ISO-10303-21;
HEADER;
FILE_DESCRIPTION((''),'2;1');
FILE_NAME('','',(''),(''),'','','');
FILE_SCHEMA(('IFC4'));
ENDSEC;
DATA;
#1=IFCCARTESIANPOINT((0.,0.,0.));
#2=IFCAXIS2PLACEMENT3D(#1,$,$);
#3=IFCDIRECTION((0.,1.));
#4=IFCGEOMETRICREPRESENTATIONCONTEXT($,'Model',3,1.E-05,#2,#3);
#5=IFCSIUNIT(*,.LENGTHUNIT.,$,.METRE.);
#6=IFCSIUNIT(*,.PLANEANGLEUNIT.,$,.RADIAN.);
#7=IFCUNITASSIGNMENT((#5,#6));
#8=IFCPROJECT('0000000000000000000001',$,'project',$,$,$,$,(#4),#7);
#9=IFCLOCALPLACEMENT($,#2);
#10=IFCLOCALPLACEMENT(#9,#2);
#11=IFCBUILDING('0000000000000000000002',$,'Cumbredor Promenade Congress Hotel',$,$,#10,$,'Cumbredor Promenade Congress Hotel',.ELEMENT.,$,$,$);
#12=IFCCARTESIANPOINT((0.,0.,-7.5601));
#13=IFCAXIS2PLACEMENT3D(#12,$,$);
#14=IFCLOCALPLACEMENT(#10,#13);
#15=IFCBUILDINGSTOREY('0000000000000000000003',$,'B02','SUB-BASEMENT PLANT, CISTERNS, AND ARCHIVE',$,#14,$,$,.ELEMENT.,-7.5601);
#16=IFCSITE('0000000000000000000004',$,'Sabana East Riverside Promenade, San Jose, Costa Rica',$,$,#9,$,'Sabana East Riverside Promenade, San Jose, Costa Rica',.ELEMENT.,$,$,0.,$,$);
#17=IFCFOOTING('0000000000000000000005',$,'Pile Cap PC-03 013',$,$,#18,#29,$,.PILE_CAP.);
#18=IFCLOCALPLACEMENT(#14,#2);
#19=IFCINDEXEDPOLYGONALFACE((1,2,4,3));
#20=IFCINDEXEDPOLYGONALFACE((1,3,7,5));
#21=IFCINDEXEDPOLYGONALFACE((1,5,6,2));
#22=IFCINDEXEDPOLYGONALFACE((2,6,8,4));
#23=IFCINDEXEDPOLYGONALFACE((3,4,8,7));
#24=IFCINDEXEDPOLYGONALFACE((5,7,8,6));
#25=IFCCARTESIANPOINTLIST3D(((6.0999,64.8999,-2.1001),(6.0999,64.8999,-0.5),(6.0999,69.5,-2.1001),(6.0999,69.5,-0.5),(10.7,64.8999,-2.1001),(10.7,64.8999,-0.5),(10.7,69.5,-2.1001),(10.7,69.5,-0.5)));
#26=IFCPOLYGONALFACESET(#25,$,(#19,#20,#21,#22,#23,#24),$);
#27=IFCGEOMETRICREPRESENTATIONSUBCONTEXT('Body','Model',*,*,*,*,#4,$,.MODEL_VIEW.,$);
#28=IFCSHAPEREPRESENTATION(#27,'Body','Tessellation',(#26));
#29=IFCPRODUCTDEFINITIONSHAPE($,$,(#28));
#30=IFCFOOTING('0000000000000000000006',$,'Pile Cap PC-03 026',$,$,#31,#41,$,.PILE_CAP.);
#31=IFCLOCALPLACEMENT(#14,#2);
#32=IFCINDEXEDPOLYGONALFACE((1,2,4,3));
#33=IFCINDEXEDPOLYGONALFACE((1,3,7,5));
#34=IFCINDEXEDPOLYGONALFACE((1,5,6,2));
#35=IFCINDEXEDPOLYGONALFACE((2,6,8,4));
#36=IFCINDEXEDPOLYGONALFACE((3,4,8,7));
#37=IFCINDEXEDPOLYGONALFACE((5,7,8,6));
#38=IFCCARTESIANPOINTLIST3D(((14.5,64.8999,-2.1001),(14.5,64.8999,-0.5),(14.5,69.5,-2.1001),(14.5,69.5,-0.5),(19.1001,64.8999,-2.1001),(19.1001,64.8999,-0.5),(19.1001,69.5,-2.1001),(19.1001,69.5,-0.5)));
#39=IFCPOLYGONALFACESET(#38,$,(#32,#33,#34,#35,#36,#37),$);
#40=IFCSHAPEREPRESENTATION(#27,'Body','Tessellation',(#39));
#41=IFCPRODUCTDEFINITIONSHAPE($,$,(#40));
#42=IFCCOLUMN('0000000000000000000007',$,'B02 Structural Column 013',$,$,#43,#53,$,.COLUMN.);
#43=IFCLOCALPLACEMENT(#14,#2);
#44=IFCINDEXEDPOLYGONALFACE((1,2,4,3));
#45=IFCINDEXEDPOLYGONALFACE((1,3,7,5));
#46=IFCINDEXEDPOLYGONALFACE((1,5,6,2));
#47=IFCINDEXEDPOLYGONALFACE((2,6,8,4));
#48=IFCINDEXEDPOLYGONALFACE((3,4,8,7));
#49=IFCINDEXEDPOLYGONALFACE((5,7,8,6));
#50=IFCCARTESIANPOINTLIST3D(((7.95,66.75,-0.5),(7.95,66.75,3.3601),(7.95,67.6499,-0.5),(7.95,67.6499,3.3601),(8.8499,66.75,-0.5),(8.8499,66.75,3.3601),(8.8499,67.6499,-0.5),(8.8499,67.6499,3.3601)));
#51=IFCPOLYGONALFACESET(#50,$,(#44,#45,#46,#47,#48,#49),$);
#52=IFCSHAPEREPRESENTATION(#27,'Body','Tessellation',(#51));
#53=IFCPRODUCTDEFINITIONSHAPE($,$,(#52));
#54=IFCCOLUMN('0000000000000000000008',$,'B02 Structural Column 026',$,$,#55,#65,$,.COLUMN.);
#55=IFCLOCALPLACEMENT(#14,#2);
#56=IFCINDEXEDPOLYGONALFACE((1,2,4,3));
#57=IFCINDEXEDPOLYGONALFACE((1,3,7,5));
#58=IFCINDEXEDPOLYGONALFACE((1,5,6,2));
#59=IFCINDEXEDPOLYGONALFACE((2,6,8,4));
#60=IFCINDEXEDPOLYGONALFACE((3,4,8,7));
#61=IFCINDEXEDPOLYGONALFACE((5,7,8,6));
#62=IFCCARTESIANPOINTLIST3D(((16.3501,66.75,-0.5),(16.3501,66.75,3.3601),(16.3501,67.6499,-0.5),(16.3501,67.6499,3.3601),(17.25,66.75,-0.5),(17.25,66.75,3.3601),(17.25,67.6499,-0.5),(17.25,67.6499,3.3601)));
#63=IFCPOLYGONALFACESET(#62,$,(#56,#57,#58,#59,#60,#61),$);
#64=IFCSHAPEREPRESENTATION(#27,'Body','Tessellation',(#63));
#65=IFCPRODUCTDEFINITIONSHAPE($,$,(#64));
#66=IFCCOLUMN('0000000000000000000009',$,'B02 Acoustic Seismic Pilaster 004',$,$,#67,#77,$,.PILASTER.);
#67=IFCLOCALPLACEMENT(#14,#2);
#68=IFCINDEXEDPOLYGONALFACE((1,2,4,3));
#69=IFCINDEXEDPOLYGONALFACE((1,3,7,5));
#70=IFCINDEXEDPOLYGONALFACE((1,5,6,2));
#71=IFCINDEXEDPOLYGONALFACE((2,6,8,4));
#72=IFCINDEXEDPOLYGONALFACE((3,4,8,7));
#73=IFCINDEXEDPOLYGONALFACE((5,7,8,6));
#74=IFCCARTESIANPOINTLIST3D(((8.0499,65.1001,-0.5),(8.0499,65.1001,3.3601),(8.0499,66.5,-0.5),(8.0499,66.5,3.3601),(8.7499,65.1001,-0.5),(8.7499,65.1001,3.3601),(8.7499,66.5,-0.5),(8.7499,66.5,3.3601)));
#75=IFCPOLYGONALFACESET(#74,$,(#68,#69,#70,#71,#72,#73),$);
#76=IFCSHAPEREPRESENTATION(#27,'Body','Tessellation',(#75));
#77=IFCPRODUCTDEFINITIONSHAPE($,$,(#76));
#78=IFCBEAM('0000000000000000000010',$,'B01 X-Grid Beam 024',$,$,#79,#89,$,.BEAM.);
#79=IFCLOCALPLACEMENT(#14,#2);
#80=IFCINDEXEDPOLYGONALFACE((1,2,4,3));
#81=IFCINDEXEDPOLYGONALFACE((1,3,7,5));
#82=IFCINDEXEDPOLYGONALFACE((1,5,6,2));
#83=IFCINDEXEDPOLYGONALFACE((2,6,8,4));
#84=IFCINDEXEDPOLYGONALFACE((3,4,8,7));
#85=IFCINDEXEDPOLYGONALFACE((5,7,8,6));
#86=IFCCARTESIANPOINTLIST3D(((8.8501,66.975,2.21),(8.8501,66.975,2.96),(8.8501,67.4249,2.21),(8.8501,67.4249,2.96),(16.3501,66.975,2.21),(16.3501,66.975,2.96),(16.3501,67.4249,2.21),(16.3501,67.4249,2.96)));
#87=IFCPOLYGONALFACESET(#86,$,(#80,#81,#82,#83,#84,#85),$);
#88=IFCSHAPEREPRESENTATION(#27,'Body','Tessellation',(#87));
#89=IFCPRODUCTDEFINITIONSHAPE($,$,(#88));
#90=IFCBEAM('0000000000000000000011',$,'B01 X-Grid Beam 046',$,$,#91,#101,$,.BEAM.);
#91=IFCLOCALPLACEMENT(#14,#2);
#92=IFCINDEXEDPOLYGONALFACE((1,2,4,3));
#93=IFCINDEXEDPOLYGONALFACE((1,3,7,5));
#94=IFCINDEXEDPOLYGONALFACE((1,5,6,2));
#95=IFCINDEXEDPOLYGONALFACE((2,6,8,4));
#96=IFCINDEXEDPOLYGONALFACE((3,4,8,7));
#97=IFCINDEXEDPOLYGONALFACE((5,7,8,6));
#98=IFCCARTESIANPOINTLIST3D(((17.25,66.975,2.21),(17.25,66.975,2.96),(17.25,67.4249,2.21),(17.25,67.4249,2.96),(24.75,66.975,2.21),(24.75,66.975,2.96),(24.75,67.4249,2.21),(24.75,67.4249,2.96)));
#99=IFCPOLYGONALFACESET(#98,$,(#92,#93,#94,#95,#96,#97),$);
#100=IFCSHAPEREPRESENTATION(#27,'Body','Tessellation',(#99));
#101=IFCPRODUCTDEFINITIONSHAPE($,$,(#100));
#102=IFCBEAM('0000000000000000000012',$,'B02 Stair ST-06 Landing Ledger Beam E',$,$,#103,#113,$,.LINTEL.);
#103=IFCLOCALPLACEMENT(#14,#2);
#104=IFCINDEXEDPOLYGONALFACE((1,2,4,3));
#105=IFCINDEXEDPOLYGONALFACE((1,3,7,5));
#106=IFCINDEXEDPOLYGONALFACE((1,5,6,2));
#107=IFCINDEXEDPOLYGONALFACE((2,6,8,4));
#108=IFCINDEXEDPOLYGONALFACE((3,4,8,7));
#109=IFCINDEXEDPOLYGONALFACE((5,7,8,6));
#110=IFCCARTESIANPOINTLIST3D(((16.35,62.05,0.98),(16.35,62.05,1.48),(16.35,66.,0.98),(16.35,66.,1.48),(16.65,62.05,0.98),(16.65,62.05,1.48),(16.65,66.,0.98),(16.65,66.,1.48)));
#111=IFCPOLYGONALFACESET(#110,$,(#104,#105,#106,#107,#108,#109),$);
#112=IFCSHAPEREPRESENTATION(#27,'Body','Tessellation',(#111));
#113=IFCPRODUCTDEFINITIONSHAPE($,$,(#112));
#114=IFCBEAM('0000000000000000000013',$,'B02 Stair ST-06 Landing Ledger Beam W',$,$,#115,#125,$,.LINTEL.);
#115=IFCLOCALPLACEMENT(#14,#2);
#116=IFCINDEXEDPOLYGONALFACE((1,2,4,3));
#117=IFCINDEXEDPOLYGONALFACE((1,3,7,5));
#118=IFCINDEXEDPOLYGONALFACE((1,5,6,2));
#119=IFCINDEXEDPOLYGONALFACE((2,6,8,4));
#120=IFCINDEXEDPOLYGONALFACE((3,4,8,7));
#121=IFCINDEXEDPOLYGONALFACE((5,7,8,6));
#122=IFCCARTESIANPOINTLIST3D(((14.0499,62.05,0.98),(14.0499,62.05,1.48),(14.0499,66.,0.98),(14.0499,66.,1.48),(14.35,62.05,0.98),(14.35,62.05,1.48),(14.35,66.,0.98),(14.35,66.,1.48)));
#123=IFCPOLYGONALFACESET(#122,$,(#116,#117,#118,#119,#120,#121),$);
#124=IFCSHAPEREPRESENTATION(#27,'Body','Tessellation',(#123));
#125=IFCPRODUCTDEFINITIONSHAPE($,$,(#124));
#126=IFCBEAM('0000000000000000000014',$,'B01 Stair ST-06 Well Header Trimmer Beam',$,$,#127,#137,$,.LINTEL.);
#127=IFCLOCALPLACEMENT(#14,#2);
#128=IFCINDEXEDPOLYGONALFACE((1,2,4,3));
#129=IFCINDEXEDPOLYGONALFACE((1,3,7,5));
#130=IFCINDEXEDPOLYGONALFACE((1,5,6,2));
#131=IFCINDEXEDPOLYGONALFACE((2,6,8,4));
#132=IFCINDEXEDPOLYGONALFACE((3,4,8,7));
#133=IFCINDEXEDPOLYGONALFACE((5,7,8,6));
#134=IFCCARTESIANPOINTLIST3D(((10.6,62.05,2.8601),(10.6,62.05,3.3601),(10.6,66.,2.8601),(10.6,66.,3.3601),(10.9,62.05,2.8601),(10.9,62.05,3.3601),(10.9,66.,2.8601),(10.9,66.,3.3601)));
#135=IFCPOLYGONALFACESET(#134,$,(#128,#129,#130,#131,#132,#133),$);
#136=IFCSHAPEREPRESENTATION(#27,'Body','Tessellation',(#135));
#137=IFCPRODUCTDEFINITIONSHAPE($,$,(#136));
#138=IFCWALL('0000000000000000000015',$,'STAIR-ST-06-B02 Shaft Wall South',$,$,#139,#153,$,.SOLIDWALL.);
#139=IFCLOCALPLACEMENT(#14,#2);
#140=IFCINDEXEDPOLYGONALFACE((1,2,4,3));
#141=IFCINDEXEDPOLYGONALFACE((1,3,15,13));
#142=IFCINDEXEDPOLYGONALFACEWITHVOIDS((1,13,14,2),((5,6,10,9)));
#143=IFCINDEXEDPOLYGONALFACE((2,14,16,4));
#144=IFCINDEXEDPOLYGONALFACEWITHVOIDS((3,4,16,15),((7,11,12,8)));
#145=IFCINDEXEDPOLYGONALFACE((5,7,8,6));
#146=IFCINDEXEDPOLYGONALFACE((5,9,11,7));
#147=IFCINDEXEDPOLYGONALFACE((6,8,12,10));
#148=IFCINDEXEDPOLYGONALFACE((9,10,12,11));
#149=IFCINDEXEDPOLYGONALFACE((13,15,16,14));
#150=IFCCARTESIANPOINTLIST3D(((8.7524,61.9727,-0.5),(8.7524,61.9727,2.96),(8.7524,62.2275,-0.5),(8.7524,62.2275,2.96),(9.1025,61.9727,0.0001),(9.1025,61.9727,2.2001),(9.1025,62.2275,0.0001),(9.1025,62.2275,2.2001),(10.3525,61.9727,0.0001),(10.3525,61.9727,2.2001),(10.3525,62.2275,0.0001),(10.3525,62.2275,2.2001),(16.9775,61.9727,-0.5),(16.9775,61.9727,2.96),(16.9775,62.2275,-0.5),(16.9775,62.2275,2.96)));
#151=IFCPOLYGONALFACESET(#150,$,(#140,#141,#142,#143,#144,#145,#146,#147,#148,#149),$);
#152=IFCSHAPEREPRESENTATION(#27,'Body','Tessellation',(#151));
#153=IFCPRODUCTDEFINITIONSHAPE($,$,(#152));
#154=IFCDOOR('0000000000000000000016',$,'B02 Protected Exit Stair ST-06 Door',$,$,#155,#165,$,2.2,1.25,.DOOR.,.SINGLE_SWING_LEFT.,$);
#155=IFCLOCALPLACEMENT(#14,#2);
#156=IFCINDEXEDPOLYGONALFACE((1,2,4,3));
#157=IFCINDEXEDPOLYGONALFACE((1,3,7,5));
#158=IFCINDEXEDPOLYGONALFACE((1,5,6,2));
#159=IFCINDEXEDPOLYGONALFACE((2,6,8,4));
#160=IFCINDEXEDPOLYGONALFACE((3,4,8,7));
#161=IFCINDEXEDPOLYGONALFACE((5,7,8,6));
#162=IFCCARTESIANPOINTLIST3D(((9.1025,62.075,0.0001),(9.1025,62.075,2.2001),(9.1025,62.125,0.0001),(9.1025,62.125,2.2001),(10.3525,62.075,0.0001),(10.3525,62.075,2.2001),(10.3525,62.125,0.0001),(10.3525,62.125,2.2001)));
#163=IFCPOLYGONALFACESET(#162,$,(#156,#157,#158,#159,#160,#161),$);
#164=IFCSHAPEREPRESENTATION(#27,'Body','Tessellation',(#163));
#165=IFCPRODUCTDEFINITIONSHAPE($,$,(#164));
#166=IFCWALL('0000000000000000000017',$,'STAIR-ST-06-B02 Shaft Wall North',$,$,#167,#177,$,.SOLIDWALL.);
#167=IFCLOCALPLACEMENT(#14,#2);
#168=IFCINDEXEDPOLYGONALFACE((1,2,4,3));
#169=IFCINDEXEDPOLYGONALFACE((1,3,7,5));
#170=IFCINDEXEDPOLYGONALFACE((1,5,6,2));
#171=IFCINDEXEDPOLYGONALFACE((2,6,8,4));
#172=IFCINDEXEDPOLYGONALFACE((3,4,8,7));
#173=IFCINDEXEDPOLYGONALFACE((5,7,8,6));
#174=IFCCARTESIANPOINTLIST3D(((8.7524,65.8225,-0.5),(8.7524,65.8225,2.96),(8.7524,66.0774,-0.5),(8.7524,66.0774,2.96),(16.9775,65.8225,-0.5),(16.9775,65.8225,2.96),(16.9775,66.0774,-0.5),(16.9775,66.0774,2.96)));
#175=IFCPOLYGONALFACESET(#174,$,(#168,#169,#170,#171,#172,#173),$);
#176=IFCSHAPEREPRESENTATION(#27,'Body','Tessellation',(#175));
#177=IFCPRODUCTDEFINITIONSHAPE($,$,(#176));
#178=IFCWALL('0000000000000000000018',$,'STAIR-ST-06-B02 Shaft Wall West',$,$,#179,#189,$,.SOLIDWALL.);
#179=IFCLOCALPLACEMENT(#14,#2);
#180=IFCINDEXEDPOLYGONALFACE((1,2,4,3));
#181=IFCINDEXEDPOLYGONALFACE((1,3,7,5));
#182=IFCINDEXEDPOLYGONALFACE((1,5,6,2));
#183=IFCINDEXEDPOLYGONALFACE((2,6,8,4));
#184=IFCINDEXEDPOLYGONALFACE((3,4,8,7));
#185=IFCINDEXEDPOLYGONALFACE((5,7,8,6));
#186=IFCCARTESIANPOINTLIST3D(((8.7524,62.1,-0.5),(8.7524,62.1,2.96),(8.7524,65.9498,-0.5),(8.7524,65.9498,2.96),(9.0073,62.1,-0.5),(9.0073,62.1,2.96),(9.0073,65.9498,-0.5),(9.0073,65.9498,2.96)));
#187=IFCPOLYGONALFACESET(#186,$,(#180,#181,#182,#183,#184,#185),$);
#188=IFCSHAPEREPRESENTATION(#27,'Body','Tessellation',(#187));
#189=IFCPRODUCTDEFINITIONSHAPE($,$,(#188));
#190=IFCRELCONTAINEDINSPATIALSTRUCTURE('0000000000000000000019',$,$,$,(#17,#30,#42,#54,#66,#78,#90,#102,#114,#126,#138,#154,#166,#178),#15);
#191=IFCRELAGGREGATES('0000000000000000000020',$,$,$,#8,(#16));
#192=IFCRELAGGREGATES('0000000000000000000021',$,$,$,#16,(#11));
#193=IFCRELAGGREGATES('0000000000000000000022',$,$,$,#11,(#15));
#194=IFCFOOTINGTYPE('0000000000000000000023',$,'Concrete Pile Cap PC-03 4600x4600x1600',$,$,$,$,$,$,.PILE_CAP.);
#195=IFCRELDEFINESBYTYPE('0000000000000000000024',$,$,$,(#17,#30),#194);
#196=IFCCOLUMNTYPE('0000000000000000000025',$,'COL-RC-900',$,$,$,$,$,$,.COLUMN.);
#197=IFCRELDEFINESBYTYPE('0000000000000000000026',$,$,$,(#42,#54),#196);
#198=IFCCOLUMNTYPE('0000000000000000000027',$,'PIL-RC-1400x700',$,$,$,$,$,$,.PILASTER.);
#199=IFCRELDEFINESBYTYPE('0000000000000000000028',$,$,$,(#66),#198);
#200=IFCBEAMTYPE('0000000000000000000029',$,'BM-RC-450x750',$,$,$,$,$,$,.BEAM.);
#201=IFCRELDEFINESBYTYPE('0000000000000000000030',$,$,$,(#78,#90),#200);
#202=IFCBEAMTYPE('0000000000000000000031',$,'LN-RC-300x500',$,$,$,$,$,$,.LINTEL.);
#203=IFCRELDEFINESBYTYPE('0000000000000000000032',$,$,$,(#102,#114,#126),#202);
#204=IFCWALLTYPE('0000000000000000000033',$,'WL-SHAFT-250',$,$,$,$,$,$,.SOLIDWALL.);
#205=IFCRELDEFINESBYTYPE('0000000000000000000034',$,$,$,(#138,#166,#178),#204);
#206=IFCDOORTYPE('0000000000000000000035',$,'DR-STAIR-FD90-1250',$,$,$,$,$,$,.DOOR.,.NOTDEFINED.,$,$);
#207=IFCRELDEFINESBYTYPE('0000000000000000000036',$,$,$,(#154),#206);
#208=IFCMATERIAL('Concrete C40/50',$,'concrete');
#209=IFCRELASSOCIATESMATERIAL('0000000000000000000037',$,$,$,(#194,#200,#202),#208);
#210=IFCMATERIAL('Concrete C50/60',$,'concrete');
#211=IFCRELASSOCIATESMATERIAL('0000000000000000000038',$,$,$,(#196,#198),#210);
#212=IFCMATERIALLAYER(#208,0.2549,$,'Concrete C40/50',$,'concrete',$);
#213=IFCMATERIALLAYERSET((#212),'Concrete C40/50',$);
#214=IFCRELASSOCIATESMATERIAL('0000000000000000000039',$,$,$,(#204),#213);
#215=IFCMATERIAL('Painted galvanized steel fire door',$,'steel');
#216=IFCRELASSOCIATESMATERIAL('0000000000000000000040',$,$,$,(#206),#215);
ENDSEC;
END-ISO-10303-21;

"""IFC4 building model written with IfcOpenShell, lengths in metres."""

from ifc_helpers import new_model, si_unit, direction, frame, frame_2d, origin, origin_2d, place, context, subcontext, project, spatial, rectangle, extrude, material, layer, layer_set, material_profile, profile_set, type_object, element, fill, save


model = new_model("IFC4")

# Units and contexts
model_context = context("Model", 3, precision=1e-05, world=origin(), true_north=direction((0.0, 1.0)))
body_context = subcontext(model_context, "Body", "Model", "MODEL_VIEW")
ifc_project = project(units=[si_unit("LENGTHUNIT", "METRE"), si_unit("PLANEANGLEUNIT", "RADIAN")], contexts=[model_context])

# Site, building, storey
site_placement = place(None, origin())
site = spatial("IfcSite", under=ifc_project, at=site_placement, Name="Sabana East Riverside Promenade, San Jose, Costa Rica", LongName="Sabana East Riverside Promenade, San Jose, Costa Rica", CompositionType="ELEMENT", RefElevation=0.0)
building_placement = place(site_placement, origin())
building = spatial("IfcBuilding", under=site, at=building_placement, Name="Cumbredor Promenade Congress Hotel", LongName="Cumbredor Promenade Congress Hotel", CompositionType="ELEMENT")
storey_placement = place(building_placement, frame((0.0, 0.0, -7.5601)))
storey = spatial("IfcBuildingStorey", under=building, at=storey_placement, Name="B02", Description="SUB-BASEMENT PLANT, CISTERNS, AND ARCHIVE", CompositionType="ELEMENT", Elevation=-7.5601)

# Shared definitions
ifc_material_1 = material(Name="Concrete C40/50", Category="concrete")

# Footings
footing_type_1 = type_object("IfcFootingType", Name="Concrete Pile Cap PC-03 4600x4600x1600", PredefinedType="PILE_CAP", material=ifc_material_1)
for number, where, z_axis, x_axis, name in (
    (1, (8.3999, 67.2, -2.1001), (0.0, 0.0, 1.0), (1.0, 0.0, 0.0), "Pile Cap PC-03 013"),
    (2, (16.8, 67.2, -2.1001), (0.0, 0.0, 1.0), (1.0, 0.0, 0.0), "Pile Cap PC-03 026"),
):
    element("IfcFooting", number, at=place(storey_placement, frame(where, z_axis=z_axis, x_axis=x_axis)), inside=storey, type_object=footing_type_1, Name=name, PredefinedType="PILE_CAP", context=body_context, shape_type="SweptSolid", body=[
        extrude(rectangle(XDim=4.6001, YDim=4.6001, at=origin_2d()), origin(), (0.0, 0.0, 1.0), 1.6001),
    ])

# Columns
ifc_material_2 = material(Name="Concrete C50/60", Category="concrete")
ifc_material_profile_1 = material_profile(ifc_material_2, rectangle(XDim=0.8999, YDim=0.8999, at=origin_2d()), Name="RC 900x900")
ifc_profile_set_1 = profile_set([ifc_material_profile_1], Name="Concrete C50/60")
column_type_1 = type_object("IfcColumnType", Name="COL-RC-900", PredefinedType="COLUMN", material=ifc_profile_set_1)
for number, where, z_axis, x_axis, name in (
    (3, (8.3999, 67.2, -0.5), (0.0, 0.0, 1.0), (1.0, 0.0, 0.0), "B02 Structural Column 013"),
    (4, (16.8, 67.2, -0.5), (0.0, 0.0, 1.0), (1.0, 0.0, 0.0), "B02 Structural Column 026"),
):
    element("IfcColumn", number, at=place(storey_placement, frame(where, z_axis=z_axis, x_axis=x_axis)), inside=storey, type_object=column_type_1, Name=name, PredefinedType="COLUMN", context=body_context, shape_type="SweptSolid", body=[
        extrude(rectangle(XDim=0.8999, YDim=0.8999, at=origin_2d()), origin(), (0.0, 0.0, 1.0), 3.8601),
    ])
ifc_material_profile_2 = material_profile(ifc_material_2, rectangle(XDim=0.7, YDim=1.3999, at=origin_2d()), Name="RC PILASTER 1400x700")
ifc_profile_set_2 = profile_set([ifc_material_profile_2], Name="Concrete C50/60")
column_type_2 = type_object("IfcColumnType", Name="PIL-RC-1400x700", PredefinedType="PILASTER", material=ifc_profile_set_2)
column_placement = place(storey_placement, frame((8.3999, 65.8, -0.5), z_axis=(0.0, 0.0, 1.0), x_axis=(1.0, 0.0, 0.0)))
element("IfcColumn", 5, at=column_placement, inside=storey, type_object=column_type_2, Name="B02 Acoustic Seismic Pilaster 004", PredefinedType="PILASTER", context=body_context, shape_type="SweptSolid", body=[
    extrude(rectangle(XDim=0.7, YDim=1.3999, at=origin_2d()), origin(), (0.0, 0.0, 1.0), 3.8601),
])

# Beams
ifc_material_profile_3 = material_profile(ifc_material_1, rectangle(XDim=0.45, YDim=0.75, at=origin_2d()), Name="RC BEAM 450x750")
ifc_profile_set_3 = profile_set([ifc_material_profile_3], Name="Concrete C40/50")
beam_type_1 = type_object("IfcBeamType", Name="BM-RC-450x750", PredefinedType="BEAM", material=ifc_profile_set_3)
for number, where, z_axis, x_axis, name in (
    (6, (8.8501, 67.2, 2.585), (1.0, 0.0, 0.0), (0.0, 1.0, 0.0), "B01 X-Grid Beam 024"),
    (7, (17.25, 67.2, 2.585), (1.0, 0.0, 0.0), (0.0, 1.0, 0.0), "B01 X-Grid Beam 046"),
):
    element("IfcBeam", number, at=place(storey_placement, frame(where, z_axis=z_axis, x_axis=x_axis)), inside=storey, type_object=beam_type_1, Name=name, PredefinedType="BEAM", context=body_context, shape_type="SweptSolid", body=[
        extrude(rectangle(XDim=0.45, YDim=0.75, at=origin_2d()), origin(), (0.0, 0.0, 1.0), 7.5),
    ])
ifc_material_profile_4 = material_profile(ifc_material_1, rectangle(XDim=0.3, YDim=0.5, at=origin_2d()), Name="RC LINTEL 300x500")
ifc_profile_set_4 = profile_set([ifc_material_profile_4], Name="Concrete C40/50")
beam_type_2 = type_object("IfcBeamType", Name="LN-RC-300x500", PredefinedType="LINTEL", material=ifc_profile_set_4)
for number, where, z_axis, x_axis, name in (
    (8, (16.5, 62.05, 1.23), (0.0, 1.0, 0.0), (-1.0, 0.0, 0.0), "B02 Stair ST-06 Landing Ledger Beam E"),
    (9, (14.2, 62.05, 1.23), (0.0, 1.0, 0.0), (-1.0, 0.0, 0.0), "B02 Stair ST-06 Landing Ledger Beam W"),
    (10, (10.75, 62.05, 3.1101), (0.0, 1.0, 0.0), (-1.0, 0.0, 0.0), "B01 Stair ST-06 Well Header Trimmer Beam"),
):
    element("IfcBeam", number, at=place(storey_placement, frame(where, z_axis=z_axis, x_axis=x_axis)), inside=storey, type_object=beam_type_2, Name=name, PredefinedType="LINTEL", context=body_context, shape_type="SweptSolid", body=[
        extrude(rectangle(XDim=0.3, YDim=0.5, at=origin_2d()), origin(), (0.0, 0.0, 1.0), 3.95),
    ])

# Wall, opening, door
ifc_layer = layer(ifc_material_1, 0.2549, Name="Concrete C40/50", Category="concrete")
ifc_layer_set = layer_set([ifc_layer], Name="Concrete C40/50")
wall_type = type_object("IfcWallType", Name="WL-SHAFT-250", PredefinedType="SOLIDWALL", material=ifc_layer_set)
wall_1_placement = place(storey_placement, frame((8.7524, 62.1001, -0.5), z_axis=(0.0, 0.0, 1.0), x_axis=(1.0, 0.0, 0.0)))
wall_1 = element("IfcWall", 11, at=wall_1_placement, inside=storey, type_object=wall_type, Name="STAIR-ST-06-B02 Shaft Wall South", PredefinedType="SOLIDWALL", context=body_context, shape_type="SweptSolid", body=[
    extrude(rectangle(XDim=8.2251, YDim=0.2549, at=frame_2d((4.1125, 0.0))), origin(), (0.0, 0.0, 1.0), 3.46),
])
opening_1_placement = place(wall_1_placement, frame((0.3501, 0.0, 0.5)))
opening_1 = element("IfcOpeningElement", 12, at=opening_1_placement, cuts=wall_1, PredefinedType="OPENING", context=body_context, shape_type="SweptSolid", body=[
    extrude(rectangle(XDim=1.25, YDim=2.2, at=frame_2d((0.625, 1.1001))), frame((0.0, 0.1375, 0.0), z_axis=(0.0, -1.0, 0.0), x_axis=(1.0, 0.0, 0.0)), (0.0, 0.0, 1.0), 0.2749),
])
ifc_material_3 = material(Name="Painted galvanized steel fire door", Category="steel")
door_type_1 = type_object("IfcDoorType", Name="DR-STAIR-FD90-1250", OperationType="NOTDEFINED", PredefinedType="DOOR", material=ifc_material_3)
door_1_placement = place(opening_1_placement, origin())
door_1 = element("IfcDoor", 13, at=door_1_placement, inside=storey, type_object=door_type_1, Name="B02 Protected Exit Stair ST-06 Door", OperationType="SINGLE_SWING_LEFT", OverallHeight=2.2, OverallWidth=1.25, PredefinedType="DOOR", context=body_context, shape_type="SweptSolid", body=[
    extrude(rectangle(XDim=1.25, YDim=2.2, at=frame_2d((0.625, 1.1001))), frame((0.0, 0.0249, 0.0), z_axis=(0.0, -1.0, 0.0), x_axis=(1.0, 0.0, 0.0)), (0.0, 0.0, 1.0), 0.05),
])
fill(opening_1, door_1)

# Walls
wall_2_placement = place(storey_placement, frame((8.7524, 65.95, -0.5), z_axis=(0.0, 0.0, 1.0), x_axis=(1.0, 0.0, 0.0)))
element("IfcWall", 14, at=wall_2_placement, inside=storey, type_object=wall_type, Name="STAIR-ST-06-B02 Shaft Wall North", PredefinedType="SOLIDWALL", context=body_context, shape_type="SweptSolid", body=[
    extrude(rectangle(XDim=8.2251, YDim=0.2549, at=frame_2d((4.1125, 0.0))), origin(), (0.0, 0.0, 1.0), 3.46),
])
for number, where, z_axis, x_axis, name in (
    (15, (8.8799, 62.1001, -0.5), (0.0, 0.0, 1.0), (0.0, 1.0, 0.0), "STAIR-ST-06-B02 Shaft Wall West"),
):
    element("IfcWall", number, at=place(storey_placement, frame(where, z_axis=z_axis, x_axis=x_axis)), inside=storey, type_object=wall_type, Name=name, PredefinedType="SOLIDWALL", context=body_context, shape_type="SweptSolid", body=[
        extrude(rectangle(XDim=3.8499, YDim=0.2549, at=frame_2d((1.9248, 0.0))), origin(), (0.0, 0.0, 1.0), 3.46),
    ])

save(model, "model.ifc")
